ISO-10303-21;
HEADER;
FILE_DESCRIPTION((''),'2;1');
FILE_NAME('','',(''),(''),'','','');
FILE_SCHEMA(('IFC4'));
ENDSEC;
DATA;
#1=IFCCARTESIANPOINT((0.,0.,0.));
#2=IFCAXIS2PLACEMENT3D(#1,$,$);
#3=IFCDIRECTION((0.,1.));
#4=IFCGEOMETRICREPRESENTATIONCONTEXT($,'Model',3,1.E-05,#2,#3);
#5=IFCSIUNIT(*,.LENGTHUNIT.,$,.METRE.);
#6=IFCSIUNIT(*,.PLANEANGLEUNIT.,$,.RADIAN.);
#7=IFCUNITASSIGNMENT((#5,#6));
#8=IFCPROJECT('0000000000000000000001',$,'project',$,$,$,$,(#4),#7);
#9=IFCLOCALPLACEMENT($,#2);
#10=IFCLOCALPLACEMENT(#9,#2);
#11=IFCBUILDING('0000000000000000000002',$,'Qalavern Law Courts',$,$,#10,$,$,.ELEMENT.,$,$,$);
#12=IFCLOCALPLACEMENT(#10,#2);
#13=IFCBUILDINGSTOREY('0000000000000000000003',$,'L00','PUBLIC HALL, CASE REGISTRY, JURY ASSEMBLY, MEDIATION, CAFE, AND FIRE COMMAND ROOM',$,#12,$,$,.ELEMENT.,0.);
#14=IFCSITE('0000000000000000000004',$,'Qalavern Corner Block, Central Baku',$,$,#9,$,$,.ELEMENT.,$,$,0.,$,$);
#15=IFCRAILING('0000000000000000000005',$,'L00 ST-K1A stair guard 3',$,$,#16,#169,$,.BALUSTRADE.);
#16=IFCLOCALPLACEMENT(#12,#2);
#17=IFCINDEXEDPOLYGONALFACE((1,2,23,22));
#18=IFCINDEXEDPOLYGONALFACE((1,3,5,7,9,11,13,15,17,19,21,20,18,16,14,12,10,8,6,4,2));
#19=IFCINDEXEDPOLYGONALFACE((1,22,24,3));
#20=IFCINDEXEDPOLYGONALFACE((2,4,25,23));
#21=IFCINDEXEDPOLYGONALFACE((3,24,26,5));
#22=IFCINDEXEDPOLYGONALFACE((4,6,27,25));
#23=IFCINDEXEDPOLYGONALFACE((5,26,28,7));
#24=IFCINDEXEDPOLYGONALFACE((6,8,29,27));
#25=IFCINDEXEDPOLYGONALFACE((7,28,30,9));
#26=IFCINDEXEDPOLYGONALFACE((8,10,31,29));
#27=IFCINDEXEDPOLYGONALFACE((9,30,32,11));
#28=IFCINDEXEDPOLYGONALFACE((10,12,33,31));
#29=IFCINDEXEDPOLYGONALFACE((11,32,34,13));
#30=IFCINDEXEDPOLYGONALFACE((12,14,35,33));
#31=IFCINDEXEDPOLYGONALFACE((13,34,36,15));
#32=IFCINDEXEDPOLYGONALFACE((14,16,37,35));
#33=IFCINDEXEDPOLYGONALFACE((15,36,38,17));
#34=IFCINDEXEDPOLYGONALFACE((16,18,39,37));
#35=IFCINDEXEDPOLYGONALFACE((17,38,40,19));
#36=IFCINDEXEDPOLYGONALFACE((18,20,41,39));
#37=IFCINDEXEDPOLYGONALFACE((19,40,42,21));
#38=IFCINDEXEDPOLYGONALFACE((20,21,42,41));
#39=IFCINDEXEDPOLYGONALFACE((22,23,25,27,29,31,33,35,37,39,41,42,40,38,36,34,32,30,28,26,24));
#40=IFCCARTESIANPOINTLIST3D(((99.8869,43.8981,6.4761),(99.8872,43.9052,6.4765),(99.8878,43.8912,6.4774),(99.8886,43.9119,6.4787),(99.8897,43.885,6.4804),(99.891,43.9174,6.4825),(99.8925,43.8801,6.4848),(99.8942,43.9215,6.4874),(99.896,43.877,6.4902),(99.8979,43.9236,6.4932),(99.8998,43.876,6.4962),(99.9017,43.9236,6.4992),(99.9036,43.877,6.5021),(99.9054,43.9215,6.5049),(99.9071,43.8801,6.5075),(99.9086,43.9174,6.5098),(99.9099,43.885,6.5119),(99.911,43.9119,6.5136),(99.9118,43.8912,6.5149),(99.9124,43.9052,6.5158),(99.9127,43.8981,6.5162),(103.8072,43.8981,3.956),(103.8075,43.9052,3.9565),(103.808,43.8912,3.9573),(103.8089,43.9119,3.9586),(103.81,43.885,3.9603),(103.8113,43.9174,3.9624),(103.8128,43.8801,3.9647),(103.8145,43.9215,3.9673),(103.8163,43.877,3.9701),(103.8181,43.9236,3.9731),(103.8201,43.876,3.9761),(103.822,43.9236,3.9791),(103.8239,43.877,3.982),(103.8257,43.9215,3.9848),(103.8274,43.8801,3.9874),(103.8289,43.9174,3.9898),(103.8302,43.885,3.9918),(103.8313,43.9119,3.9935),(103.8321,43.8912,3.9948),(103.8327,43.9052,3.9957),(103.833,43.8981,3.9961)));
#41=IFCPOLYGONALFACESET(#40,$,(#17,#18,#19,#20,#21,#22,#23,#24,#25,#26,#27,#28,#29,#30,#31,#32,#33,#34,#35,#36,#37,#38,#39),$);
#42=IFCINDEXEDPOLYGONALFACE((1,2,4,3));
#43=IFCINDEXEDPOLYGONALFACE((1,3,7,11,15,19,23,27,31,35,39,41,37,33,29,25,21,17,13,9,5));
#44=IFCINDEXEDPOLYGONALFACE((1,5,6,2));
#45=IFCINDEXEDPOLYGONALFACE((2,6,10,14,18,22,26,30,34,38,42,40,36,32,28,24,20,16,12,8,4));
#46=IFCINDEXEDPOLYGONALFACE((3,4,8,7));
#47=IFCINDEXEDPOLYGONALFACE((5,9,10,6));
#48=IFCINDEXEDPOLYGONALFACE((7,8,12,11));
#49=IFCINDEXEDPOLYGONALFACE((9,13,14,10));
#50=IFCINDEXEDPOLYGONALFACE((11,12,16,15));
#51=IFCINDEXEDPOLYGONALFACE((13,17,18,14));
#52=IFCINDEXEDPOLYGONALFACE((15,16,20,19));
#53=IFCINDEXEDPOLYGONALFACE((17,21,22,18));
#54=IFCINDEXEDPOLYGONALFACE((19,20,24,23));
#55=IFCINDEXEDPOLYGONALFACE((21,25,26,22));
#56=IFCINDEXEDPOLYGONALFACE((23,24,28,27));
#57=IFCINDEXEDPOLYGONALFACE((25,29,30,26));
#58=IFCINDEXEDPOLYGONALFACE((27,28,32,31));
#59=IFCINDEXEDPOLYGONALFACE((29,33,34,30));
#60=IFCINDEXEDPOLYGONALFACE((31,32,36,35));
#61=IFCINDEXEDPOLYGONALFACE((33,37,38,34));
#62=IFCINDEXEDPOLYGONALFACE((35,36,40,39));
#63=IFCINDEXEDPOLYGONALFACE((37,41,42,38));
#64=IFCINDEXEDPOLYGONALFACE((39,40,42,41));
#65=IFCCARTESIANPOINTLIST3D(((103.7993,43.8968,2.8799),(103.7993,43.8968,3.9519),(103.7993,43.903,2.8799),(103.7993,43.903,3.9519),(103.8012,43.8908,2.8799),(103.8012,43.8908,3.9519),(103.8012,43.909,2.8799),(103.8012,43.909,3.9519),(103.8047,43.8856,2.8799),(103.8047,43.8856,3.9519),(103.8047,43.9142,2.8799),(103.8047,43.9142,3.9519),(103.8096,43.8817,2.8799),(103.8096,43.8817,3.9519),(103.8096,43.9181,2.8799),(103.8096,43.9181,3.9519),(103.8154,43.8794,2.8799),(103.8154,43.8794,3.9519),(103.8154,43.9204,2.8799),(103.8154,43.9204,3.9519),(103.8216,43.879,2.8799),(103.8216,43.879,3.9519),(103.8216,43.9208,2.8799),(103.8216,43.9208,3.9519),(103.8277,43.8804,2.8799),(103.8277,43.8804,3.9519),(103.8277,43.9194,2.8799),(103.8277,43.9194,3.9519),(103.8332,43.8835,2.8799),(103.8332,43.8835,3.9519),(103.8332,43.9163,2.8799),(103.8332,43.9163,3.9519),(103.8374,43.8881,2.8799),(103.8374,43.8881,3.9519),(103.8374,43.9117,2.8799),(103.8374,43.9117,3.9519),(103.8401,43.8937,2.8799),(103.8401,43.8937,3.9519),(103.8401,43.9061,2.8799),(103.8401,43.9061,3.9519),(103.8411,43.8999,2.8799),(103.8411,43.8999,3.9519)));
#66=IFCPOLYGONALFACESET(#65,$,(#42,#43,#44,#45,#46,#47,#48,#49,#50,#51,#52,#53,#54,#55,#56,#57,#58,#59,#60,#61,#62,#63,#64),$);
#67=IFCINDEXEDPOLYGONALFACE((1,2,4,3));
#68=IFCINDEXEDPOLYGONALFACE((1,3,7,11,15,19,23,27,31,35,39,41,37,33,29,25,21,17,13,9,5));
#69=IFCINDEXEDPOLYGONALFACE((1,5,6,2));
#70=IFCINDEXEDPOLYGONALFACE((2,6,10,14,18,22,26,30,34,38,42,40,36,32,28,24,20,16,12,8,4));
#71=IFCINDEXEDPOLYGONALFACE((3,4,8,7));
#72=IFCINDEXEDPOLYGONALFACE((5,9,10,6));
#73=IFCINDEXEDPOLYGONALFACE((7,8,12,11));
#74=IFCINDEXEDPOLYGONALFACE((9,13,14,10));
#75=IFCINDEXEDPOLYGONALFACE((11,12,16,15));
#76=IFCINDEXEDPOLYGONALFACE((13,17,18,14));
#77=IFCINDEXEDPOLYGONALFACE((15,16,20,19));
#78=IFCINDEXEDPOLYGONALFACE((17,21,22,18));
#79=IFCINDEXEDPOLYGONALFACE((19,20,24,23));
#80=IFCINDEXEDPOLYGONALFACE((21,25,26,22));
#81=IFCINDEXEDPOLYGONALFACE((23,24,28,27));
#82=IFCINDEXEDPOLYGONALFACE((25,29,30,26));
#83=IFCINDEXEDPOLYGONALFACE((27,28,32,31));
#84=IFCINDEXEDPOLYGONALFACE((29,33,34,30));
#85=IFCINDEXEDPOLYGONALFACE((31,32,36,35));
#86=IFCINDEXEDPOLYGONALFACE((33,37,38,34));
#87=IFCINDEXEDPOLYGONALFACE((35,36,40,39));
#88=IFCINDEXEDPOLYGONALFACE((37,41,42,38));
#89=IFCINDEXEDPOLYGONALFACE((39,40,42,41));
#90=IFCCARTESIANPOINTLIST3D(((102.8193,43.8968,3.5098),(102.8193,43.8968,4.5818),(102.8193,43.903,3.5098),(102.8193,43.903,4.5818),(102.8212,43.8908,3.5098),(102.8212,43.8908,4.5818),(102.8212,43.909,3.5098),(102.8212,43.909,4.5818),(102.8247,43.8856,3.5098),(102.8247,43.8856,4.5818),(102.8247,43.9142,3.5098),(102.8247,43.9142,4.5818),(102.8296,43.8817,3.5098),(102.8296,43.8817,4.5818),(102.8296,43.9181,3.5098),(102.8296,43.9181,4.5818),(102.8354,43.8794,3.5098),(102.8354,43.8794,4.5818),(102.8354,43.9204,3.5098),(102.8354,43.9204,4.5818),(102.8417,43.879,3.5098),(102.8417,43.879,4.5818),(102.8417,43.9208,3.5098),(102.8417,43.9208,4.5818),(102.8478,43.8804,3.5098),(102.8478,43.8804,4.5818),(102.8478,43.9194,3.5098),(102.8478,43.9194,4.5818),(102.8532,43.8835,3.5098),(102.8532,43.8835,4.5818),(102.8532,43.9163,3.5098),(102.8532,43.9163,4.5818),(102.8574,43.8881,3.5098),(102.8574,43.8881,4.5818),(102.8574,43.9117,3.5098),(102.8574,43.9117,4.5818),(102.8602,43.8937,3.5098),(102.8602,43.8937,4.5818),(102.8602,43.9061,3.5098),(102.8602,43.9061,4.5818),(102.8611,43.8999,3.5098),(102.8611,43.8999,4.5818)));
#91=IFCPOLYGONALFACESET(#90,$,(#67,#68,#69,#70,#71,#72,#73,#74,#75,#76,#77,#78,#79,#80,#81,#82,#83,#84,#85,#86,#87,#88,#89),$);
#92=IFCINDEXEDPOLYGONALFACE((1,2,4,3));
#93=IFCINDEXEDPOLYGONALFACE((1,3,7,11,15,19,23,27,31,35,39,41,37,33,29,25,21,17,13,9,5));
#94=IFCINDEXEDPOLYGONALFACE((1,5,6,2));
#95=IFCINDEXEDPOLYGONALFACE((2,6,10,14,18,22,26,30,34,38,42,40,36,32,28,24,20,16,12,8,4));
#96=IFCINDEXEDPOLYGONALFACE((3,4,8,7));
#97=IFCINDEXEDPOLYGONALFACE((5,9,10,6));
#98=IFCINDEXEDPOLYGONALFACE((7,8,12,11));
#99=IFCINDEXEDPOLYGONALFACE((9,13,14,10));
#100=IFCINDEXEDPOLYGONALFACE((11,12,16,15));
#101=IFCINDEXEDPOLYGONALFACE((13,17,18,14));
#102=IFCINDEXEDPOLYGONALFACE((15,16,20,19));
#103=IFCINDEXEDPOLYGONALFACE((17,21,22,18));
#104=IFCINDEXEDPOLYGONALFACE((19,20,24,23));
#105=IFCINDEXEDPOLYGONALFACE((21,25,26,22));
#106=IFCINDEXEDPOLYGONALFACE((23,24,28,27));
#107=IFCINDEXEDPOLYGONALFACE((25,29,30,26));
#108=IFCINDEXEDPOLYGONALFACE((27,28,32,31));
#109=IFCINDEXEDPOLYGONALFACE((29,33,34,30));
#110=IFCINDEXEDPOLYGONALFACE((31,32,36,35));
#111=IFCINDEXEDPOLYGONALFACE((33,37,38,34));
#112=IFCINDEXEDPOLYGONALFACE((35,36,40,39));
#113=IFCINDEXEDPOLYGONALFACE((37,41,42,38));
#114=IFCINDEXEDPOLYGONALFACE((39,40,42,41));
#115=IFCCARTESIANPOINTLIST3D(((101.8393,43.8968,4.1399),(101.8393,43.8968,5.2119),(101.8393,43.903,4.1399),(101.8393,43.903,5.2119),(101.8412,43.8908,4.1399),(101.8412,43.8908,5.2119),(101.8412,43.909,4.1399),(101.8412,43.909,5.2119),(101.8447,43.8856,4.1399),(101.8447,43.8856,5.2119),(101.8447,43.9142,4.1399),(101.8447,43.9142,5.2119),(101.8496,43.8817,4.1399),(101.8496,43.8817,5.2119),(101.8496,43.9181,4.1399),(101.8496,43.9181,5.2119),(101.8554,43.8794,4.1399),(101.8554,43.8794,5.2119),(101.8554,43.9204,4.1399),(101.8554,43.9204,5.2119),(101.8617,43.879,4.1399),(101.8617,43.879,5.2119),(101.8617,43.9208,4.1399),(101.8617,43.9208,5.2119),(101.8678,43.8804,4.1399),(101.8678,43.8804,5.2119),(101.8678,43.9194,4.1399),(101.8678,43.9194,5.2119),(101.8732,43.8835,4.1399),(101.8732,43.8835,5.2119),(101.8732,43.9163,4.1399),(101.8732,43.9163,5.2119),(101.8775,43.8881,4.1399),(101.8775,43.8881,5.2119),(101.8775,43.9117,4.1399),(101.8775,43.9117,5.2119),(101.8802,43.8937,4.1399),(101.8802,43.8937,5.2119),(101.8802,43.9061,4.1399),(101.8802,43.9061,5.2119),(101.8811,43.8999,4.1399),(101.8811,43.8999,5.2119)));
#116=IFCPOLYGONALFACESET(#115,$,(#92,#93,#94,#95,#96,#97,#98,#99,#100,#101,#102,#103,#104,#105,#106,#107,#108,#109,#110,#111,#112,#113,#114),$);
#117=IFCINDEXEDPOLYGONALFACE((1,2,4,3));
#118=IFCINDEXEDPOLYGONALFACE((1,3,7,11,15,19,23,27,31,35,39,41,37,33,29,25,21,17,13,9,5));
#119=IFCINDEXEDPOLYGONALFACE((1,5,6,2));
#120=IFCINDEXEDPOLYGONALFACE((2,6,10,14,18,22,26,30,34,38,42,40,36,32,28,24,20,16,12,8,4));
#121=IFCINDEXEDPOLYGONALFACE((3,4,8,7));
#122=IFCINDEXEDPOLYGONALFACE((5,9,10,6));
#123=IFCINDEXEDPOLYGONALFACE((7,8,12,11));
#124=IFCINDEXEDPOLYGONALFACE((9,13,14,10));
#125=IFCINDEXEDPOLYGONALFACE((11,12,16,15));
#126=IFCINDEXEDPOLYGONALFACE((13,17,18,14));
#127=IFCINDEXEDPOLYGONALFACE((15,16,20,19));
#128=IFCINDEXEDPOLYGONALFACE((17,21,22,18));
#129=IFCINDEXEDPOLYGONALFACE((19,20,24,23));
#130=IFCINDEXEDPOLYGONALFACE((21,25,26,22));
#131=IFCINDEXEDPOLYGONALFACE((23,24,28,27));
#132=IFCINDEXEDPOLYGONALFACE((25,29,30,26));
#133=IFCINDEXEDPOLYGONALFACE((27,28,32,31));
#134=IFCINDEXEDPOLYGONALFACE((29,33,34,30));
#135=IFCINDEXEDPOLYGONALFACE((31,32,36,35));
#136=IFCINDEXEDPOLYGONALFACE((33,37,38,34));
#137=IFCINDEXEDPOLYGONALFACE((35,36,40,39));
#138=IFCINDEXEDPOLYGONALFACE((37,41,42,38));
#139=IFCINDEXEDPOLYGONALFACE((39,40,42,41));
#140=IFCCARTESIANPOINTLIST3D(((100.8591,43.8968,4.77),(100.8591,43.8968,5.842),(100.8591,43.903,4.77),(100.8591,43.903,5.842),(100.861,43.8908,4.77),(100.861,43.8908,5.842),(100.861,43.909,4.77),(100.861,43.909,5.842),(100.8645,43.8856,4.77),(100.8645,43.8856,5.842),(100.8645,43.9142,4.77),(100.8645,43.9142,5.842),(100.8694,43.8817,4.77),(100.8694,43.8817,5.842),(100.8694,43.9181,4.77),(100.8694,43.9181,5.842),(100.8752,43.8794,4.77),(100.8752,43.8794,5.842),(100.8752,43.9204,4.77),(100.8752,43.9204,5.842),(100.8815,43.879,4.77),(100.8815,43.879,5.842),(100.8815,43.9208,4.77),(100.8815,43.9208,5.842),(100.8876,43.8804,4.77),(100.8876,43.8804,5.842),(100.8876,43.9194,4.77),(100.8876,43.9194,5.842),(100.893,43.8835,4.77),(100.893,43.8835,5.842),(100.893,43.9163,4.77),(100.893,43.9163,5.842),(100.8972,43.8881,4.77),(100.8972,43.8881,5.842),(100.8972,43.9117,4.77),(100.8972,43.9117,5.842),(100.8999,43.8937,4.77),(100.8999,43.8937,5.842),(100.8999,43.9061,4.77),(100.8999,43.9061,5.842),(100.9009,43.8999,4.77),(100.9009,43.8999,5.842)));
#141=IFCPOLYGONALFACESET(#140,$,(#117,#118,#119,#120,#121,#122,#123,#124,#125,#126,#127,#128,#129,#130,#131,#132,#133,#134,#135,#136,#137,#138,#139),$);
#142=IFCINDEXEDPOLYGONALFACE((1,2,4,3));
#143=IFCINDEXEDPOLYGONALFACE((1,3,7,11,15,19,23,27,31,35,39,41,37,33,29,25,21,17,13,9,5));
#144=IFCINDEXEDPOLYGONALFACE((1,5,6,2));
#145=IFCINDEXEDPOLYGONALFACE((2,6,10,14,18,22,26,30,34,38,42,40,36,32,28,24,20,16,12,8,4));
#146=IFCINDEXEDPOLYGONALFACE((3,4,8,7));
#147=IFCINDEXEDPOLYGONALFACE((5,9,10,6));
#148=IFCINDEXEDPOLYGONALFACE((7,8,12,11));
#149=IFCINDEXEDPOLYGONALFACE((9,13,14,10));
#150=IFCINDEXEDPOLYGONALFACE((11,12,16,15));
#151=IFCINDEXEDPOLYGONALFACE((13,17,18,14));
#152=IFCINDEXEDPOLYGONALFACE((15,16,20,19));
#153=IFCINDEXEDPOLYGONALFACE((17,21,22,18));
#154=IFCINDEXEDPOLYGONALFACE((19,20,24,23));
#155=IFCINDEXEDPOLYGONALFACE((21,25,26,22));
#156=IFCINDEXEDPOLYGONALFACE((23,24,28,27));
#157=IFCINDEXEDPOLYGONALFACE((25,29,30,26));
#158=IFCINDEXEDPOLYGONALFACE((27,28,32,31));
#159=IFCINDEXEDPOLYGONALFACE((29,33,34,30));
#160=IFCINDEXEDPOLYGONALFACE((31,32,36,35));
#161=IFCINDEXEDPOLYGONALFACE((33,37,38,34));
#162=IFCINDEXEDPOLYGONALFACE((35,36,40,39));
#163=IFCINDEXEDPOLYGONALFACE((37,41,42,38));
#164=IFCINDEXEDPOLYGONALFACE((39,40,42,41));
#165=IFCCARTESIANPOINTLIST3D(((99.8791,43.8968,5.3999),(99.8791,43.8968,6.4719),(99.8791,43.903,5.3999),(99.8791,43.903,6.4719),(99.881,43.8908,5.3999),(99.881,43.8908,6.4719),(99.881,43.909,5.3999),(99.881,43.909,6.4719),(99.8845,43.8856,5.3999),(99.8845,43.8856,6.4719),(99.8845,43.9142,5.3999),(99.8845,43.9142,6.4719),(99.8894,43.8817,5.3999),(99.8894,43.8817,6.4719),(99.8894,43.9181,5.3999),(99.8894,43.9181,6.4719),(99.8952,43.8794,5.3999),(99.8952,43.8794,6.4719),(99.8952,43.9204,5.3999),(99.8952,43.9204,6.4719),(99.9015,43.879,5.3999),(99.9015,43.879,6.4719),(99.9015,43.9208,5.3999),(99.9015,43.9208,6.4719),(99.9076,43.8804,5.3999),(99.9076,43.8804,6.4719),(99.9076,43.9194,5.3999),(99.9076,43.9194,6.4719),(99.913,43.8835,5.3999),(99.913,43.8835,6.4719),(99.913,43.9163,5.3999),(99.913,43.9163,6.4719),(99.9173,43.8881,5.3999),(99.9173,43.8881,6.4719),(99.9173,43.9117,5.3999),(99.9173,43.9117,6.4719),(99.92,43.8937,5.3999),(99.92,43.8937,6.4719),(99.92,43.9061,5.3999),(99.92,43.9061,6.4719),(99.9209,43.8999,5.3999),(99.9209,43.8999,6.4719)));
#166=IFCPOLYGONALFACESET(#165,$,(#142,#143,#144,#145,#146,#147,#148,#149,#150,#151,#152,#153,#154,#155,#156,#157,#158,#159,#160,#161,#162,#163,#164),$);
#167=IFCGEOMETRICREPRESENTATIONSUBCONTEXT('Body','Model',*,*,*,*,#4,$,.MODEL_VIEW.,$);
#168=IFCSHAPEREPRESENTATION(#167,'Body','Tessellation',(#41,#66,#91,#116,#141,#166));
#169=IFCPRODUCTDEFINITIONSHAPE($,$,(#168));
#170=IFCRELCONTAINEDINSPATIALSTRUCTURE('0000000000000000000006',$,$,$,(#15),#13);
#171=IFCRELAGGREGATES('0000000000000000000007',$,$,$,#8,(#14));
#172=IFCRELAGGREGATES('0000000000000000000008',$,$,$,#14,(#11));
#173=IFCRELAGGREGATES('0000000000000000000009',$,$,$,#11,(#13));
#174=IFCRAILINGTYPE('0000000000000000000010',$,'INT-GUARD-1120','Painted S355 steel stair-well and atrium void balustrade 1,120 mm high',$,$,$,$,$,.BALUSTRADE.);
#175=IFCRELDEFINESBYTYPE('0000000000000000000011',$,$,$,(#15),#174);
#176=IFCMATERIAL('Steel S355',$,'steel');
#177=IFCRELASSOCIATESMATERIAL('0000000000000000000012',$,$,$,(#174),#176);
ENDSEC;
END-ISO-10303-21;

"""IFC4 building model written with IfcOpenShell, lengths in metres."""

from ifc_helpers import new_model, si_unit, direction, frame, origin, origin_2d, place, context, subcontext, project, spatial, circle, extrude, material, type_object, element, save


model = new_model("IFC4")

# Units and contexts
model_context = context("Model", 3, precision=1e-05, world=origin(), true_north=direction((0.0, 1.0)))
body_context = subcontext(model_context, "Body", "Model", "MODEL_VIEW")
ifc_project = project(units=[si_unit("LENGTHUNIT", "METRE"), si_unit("PLANEANGLEUNIT", "RADIAN")], contexts=[model_context])

# Site, building, storey
site_placement = place(None, origin())
site = spatial("IfcSite", under=ifc_project, at=site_placement, Name="Qalavern Corner Block, Central Baku", CompositionType="ELEMENT", RefElevation=0.0)
building_placement = place(site_placement, origin())
building = spatial("IfcBuilding", under=site, at=building_placement, Name="Qalavern Law Courts", CompositionType="ELEMENT")
storey_placement = place(building_placement, origin())
storey = spatial("IfcBuildingStorey", under=building, at=storey_placement, Name="L00", Description="PUBLIC HALL, CASE REGISTRY, JURY ASSEMBLY, MEDIATION, CAFE, AND FIRE COMMAND ROOM", CompositionType="ELEMENT", Elevation=0.0)

# Shared definitions
ifc_material_1 = material(Name="Steel S355", Category="steel")

# Railing
railing_type_1 = type_object("IfcRailingType", Name="INT-GUARD-1120", Description="Painted S355 steel stair-well and atrium void balustrade 1,120 mm high", PredefinedType="BALUSTRADE", material=ifc_material_1)
railing_1_placement = place(storey_placement, frame((103.8201, 43.8999, 2.8799)))
element("IfcRailing", 1, at=railing_1_placement, inside=storey, type_object=railing_type_1, Name="L00 ST-K1A stair guard 3", PredefinedType="BALUSTRADE", context=body_context, shape_type="SweptSolid", body=[
    extrude(circle(Radius=0.0239, at=origin_2d()), frame((0.0, 0.0, 1.0962), z_axis=(-0.841187, 0.0, 0.540744), x_axis=(0.0, -1.0, 0.0)), (0.0, 0.0, 1.0), 4.6604),
    extrude(circle(Radius=0.021, at=origin_2d()), origin(), (0.0, 0.0, 1.0), 1.072),
    extrude(circle(Radius=0.021, at=origin_2d()), frame((-0.98, 0.0, 0.6299)), (0.0, 0.0, 1.0), 1.072),
    extrude(circle(Radius=0.021, at=origin_2d()), frame((-1.96, 0.0, 1.26)), (0.0, 0.0, 1.0), 1.072),
    extrude(circle(Radius=0.021, at=origin_2d()), frame((-2.9402, 0.0, 1.8901)), (0.0, 0.0, 1.0), 1.072),
    extrude(circle(Radius=0.021, at=origin_2d()), frame((-3.9202, 0.0, 2.52)), (0.0, 0.0, 1.0), 1.072),
])

save(model, "model.ifc")
